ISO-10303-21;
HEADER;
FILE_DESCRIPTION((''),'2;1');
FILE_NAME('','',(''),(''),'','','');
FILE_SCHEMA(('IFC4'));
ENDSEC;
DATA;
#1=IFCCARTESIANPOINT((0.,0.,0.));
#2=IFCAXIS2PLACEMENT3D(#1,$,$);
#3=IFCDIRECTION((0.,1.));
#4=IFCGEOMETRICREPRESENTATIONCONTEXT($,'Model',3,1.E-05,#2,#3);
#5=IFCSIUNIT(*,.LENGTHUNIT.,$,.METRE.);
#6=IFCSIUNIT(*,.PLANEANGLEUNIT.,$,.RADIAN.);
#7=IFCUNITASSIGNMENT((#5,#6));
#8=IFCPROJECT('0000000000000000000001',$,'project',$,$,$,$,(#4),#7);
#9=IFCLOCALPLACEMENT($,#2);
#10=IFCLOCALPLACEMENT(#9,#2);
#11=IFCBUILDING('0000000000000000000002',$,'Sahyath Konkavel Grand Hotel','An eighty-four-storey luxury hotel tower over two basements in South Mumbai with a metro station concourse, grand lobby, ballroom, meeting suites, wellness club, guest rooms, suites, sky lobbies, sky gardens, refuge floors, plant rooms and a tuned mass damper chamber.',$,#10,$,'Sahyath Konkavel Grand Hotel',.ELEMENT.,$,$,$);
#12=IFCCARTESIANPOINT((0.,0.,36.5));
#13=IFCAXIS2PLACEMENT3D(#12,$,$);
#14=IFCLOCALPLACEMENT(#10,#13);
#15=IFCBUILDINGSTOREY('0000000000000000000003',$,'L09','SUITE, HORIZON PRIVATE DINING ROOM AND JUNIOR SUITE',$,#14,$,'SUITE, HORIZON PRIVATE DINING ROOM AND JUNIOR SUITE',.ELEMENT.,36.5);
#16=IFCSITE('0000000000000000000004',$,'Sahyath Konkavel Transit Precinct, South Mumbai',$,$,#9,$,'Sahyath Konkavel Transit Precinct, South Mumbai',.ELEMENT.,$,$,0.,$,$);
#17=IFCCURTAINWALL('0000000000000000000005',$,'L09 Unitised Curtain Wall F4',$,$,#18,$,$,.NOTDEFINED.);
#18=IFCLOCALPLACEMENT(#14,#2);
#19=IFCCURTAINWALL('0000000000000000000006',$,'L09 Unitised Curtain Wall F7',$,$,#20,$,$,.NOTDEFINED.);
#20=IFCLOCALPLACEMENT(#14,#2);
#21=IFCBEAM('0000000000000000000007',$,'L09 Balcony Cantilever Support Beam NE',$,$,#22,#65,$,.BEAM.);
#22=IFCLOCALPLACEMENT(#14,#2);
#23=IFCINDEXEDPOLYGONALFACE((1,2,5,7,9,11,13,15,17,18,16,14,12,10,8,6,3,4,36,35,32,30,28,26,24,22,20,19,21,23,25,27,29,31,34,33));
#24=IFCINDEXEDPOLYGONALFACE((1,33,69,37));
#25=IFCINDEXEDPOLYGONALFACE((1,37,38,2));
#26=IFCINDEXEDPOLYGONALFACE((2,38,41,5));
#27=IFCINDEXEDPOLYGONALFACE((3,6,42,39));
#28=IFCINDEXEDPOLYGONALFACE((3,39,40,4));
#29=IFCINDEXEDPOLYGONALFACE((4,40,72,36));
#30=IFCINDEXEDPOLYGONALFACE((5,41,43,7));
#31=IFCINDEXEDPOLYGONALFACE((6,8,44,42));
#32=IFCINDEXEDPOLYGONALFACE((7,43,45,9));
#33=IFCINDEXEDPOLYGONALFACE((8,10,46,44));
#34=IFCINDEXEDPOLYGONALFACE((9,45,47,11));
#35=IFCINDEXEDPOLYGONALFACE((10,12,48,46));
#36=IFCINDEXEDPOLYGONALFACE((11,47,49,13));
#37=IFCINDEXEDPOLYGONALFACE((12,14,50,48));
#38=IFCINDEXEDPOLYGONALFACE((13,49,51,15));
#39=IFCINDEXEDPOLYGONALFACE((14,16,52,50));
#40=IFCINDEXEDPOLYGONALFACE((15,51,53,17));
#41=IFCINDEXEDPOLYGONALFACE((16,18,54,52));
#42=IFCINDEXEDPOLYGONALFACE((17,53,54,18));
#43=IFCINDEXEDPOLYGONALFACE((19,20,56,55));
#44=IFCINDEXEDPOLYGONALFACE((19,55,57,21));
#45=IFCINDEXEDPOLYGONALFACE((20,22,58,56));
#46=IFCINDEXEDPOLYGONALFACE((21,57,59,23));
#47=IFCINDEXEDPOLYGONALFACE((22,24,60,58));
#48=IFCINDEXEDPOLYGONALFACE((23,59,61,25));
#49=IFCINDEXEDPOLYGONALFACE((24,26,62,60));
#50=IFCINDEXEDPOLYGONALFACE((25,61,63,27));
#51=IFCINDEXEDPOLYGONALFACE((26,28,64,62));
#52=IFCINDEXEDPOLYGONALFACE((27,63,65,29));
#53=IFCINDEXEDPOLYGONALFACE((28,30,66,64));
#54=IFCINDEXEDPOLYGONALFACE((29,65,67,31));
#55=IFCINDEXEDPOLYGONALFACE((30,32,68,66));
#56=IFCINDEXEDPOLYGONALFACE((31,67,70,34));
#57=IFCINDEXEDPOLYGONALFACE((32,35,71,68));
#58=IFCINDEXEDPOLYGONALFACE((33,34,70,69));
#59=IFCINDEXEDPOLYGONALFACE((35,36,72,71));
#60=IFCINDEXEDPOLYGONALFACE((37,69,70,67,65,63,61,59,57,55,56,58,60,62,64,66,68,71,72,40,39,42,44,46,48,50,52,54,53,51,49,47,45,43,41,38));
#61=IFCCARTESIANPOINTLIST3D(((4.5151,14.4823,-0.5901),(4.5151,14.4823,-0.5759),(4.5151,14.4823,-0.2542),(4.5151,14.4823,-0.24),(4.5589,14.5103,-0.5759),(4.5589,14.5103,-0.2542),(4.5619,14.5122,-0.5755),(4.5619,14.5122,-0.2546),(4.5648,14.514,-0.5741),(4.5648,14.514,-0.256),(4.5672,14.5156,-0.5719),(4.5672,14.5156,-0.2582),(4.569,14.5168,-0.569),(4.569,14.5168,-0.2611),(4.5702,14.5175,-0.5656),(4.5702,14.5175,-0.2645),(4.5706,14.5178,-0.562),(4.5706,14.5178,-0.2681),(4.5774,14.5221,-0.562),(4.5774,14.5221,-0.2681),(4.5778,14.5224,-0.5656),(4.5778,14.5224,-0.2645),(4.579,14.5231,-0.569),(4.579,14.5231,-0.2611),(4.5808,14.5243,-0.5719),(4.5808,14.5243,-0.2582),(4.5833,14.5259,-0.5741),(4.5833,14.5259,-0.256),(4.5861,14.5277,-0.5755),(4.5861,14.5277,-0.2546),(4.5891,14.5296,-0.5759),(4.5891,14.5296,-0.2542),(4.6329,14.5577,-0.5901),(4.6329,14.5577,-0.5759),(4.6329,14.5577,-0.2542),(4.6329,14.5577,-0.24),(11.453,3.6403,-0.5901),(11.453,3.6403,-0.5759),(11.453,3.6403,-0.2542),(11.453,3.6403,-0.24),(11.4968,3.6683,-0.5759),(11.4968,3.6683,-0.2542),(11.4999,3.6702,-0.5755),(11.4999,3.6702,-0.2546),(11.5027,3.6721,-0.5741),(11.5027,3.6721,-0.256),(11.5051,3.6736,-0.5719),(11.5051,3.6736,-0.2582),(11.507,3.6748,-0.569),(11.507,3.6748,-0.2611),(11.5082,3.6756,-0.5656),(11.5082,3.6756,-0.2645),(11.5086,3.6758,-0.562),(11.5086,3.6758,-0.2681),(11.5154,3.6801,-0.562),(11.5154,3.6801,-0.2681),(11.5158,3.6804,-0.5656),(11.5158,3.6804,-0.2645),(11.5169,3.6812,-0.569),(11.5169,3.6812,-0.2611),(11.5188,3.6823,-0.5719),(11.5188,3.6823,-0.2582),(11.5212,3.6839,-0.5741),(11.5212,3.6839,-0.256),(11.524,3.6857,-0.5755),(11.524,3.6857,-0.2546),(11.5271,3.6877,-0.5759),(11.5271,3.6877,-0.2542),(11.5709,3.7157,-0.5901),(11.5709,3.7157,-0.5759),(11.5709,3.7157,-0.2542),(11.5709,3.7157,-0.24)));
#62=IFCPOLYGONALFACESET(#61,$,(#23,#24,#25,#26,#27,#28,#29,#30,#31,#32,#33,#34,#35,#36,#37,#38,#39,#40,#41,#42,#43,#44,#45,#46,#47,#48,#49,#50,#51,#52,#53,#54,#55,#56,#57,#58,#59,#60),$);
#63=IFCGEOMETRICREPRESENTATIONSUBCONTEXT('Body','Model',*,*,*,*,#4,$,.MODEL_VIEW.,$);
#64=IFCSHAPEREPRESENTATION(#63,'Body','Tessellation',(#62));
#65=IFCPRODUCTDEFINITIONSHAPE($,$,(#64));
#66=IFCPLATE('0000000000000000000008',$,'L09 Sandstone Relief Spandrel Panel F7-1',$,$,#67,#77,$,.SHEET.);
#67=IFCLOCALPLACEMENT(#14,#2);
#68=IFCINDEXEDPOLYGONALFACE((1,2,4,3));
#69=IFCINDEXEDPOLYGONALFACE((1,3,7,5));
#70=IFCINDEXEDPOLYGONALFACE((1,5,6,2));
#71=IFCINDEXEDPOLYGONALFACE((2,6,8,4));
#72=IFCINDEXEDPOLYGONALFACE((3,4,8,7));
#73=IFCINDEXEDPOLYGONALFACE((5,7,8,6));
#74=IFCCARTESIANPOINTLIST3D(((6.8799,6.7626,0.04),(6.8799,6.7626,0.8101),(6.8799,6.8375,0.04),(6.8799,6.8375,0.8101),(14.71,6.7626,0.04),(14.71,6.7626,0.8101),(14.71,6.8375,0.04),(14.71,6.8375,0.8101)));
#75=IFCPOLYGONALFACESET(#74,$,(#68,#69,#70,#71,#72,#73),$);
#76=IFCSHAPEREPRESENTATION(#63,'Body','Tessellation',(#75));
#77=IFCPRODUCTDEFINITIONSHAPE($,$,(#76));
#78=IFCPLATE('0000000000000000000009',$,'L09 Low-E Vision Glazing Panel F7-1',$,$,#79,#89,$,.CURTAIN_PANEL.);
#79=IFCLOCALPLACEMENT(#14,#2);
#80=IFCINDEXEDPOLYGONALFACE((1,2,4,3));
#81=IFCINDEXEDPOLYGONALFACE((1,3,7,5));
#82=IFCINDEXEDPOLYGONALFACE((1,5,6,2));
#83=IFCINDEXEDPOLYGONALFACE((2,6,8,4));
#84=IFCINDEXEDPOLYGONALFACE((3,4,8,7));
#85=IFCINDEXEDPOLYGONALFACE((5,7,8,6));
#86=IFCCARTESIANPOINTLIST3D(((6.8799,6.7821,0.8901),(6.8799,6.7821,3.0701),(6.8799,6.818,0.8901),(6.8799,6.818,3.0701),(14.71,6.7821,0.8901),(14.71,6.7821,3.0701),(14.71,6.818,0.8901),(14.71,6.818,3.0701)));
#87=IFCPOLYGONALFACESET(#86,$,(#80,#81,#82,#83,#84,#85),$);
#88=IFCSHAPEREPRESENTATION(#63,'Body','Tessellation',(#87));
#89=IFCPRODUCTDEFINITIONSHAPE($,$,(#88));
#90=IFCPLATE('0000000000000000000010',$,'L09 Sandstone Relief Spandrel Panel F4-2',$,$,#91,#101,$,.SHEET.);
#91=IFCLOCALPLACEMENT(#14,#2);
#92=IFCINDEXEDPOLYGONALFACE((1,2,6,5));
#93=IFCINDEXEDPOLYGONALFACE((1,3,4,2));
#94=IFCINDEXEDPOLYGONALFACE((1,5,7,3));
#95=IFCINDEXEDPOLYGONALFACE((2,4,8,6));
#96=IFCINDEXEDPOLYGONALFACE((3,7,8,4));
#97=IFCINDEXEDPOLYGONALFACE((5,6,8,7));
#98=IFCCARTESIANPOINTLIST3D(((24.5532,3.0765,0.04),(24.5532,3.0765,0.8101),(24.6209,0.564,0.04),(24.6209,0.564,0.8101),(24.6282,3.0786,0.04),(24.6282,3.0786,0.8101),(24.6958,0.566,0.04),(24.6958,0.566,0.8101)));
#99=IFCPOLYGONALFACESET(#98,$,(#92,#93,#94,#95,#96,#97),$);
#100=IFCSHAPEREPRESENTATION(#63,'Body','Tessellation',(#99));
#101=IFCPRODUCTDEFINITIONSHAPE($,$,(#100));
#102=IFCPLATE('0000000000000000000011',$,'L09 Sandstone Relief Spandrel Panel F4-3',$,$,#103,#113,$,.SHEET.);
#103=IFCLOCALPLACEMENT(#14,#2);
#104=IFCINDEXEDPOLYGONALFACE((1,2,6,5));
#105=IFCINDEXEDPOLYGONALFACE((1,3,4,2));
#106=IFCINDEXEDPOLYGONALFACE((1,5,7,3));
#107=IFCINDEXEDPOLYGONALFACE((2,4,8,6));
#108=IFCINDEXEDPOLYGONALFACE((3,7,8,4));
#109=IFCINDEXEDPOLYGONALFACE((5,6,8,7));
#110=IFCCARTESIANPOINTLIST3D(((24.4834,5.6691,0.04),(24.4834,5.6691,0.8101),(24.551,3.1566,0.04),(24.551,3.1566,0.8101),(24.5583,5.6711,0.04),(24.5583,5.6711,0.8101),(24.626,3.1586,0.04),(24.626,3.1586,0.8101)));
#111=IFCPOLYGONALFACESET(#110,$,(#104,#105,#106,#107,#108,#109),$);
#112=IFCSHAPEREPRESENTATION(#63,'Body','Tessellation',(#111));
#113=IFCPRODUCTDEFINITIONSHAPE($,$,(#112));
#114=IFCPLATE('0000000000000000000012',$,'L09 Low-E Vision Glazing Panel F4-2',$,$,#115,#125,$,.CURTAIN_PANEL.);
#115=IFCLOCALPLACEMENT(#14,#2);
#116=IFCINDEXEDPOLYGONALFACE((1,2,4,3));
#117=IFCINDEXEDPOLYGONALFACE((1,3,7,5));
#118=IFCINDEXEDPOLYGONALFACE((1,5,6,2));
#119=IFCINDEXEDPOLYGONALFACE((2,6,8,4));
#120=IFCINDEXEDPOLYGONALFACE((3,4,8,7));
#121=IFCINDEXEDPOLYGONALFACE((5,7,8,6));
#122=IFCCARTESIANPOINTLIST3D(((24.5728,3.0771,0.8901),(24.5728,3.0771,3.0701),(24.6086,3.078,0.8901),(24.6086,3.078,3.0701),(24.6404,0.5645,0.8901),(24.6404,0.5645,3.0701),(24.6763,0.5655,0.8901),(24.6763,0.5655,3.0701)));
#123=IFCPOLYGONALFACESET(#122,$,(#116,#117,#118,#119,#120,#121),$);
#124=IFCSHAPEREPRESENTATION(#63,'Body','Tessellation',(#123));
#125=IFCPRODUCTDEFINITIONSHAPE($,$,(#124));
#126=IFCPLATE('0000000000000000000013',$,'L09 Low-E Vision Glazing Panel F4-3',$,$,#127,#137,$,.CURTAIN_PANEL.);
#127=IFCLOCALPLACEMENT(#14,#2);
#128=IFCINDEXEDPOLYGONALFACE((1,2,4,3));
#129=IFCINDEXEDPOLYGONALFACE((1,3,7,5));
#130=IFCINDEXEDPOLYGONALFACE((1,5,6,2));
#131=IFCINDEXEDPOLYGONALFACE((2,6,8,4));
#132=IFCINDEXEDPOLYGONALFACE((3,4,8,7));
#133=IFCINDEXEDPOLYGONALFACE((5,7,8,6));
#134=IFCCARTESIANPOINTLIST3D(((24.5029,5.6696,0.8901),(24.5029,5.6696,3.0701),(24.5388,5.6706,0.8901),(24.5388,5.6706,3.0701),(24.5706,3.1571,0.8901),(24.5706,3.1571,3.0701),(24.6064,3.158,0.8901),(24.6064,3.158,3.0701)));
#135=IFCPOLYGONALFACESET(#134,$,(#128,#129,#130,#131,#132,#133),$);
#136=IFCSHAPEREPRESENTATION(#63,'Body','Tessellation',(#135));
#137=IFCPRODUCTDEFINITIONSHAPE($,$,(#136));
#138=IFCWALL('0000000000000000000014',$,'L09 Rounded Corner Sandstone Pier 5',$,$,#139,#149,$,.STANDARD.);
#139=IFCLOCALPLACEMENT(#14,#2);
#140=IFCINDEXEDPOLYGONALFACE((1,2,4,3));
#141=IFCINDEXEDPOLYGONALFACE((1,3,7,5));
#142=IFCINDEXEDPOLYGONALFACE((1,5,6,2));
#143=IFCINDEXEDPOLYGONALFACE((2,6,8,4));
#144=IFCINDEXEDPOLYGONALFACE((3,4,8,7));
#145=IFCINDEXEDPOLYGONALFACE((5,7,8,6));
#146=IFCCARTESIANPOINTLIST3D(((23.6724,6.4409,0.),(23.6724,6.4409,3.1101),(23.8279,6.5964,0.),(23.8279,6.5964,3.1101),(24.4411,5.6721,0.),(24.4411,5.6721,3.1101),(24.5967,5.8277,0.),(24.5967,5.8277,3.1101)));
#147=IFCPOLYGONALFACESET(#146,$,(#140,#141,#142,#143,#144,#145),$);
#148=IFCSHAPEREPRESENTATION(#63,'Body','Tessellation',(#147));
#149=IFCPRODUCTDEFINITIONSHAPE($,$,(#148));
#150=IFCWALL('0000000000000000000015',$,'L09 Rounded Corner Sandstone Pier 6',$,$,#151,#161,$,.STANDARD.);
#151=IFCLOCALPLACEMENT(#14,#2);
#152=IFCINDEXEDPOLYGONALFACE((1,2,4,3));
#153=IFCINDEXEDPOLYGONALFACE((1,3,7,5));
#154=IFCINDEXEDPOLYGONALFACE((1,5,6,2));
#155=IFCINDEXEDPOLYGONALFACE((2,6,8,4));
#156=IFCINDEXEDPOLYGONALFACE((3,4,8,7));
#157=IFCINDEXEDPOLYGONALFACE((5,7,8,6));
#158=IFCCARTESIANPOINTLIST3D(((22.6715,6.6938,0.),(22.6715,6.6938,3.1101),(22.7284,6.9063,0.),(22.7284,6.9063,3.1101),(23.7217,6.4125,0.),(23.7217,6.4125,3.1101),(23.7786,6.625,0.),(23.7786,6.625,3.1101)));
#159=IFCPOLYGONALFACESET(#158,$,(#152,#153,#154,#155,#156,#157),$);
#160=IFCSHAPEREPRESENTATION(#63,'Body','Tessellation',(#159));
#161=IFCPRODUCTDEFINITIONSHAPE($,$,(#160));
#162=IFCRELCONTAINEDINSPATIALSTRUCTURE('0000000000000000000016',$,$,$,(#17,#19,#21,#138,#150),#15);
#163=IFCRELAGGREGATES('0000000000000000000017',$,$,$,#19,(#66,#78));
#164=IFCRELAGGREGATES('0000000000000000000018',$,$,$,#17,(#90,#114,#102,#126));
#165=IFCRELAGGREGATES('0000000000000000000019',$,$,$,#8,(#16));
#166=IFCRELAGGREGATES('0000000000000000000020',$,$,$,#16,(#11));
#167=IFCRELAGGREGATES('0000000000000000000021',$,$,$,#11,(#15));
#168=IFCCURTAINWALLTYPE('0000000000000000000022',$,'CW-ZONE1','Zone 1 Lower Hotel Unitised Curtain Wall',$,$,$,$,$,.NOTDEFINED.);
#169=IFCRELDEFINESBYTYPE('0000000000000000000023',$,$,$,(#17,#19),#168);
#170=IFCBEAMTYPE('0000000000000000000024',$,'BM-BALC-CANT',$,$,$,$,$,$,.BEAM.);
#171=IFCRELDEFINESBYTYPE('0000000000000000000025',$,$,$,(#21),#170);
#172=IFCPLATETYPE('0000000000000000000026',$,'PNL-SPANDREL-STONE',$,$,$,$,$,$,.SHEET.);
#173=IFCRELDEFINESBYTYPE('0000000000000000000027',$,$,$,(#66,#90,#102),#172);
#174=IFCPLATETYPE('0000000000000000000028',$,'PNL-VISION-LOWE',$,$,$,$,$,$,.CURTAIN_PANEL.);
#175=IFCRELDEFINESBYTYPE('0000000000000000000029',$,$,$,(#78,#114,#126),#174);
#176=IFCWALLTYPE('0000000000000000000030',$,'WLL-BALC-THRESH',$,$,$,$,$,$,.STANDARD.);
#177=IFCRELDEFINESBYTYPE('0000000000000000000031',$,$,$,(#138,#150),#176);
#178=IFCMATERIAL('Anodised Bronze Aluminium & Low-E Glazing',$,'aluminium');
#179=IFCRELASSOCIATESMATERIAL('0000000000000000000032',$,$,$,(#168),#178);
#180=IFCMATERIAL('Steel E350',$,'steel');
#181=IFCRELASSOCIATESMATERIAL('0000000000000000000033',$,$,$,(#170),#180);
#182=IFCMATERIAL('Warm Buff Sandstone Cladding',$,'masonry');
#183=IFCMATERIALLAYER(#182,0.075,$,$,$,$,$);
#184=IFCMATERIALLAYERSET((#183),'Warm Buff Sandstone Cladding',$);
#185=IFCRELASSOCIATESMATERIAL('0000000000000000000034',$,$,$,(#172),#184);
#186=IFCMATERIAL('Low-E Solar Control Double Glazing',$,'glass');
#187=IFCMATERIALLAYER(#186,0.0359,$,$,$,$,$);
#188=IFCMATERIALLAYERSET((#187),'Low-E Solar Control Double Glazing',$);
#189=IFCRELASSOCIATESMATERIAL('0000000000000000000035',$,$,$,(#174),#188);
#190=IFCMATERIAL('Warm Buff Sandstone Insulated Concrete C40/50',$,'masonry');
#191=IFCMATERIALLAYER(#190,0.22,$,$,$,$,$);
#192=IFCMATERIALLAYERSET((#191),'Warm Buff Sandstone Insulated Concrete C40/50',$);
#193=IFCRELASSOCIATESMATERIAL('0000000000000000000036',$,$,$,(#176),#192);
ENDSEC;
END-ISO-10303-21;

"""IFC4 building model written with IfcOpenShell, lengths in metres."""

from ifc_helpers import new_model, si_unit, direction, frame, frame_2d, origin, origin_2d, place, context, subcontext, project, spatial, rectangle, i_section, extrude, source, transform, mapped, material, layer, layer_set, material_profile, profile_set, type_object, element, aggregate, save


model = new_model("IFC4")

# Units and contexts
model_context = context("Model", 3, precision=1e-05, world=origin(), true_north=direction((0.0, 1.0)))
body_context = subcontext(model_context, "Body", "Model", "MODEL_VIEW")
ifc_project = project(units=[si_unit("LENGTHUNIT", "METRE"), si_unit("PLANEANGLEUNIT", "RADIAN")], contexts=[model_context])

# Site, building, storey
site_placement = place(None, origin())
site = spatial("IfcSite", under=ifc_project, at=site_placement, Name="Sahyath Konkavel Transit Precinct, South Mumbai", LongName="Sahyath Konkavel Transit Precinct, South Mumbai", CompositionType="ELEMENT", RefElevation=0.0)
building_placement = place(site_placement, origin())
building = spatial("IfcBuilding", under=site, at=building_placement, Name="Sahyath Konkavel Grand Hotel", Description="An eighty-four-storey luxury hotel tower over two basements in South Mumbai with a metro station concourse, grand lobby, ballroom, meeting suites, wellness club, guest rooms, suites, sky lobbies, sky gardens, refuge floors, plant rooms and a tuned mass damper chamber.", LongName="Sahyath Konkavel Grand Hotel", CompositionType="ELEMENT")
storey_placement = place(building_placement, frame((0.0, 0.0, 36.5)))
storey = spatial("IfcBuildingStorey", under=building, at=storey_placement, Name="L09", Description="SUITE, HORIZON PRIVATE DINING ROOM AND JUNIOR SUITE", LongName="SUITE, HORIZON PRIVATE DINING ROOM AND JUNIOR SUITE", CompositionType="ELEMENT", Elevation=36.5)

# Shared definitions
ifc_material_1 = material(Name="Steel E350", Category="steel")

# Curtain wall
ifc_material_2 = material(Name="Anodised Bronze Aluminium & Low-E Glazing", Category="aluminium")
curtain_wall_type = type_object("IfcCurtainWallType", Name="CW-ZONE1", Description="Zone 1 Lower Hotel Unitised Curtain Wall", PredefinedType="NOTDEFINED", material=ifc_material_2)
curtain_wall_1_placement = place(storey_placement, origin())
curtain_wall_1 = element("IfcCurtainWall", 1, at=curtain_wall_1_placement, inside=storey, type_object=curtain_wall_type, Name="L09 Unitised Curtain Wall F4", PredefinedType="NOTDEFINED")

# Curtain wall
curtain_wall_2_placement = place(storey_placement, origin())
curtain_wall_2 = element("IfcCurtainWall", 2, at=curtain_wall_2_placement, inside=storey, type_object=curtain_wall_type, Name="L09 Unitised Curtain Wall F7", PredefinedType="NOTDEFINED")

# Beam
ifc_material_profile_1 = material_profile(ifc_material_1, i_section(OverallWidth=0.1399, OverallDepth=0.3501, WebThickness=0.0081, FlangeThickness=0.0142, FilletRadius=0.0139, at=origin_2d()), Name="ISMB 350")
ifc_profile_set_1 = profile_set([ifc_material_profile_1], Name="Steel E350")
beam_type_1 = type_object("IfcBeamType", Name="BM-BALC-CANT", PredefinedType="BEAM", material=ifc_profile_set_1)
shared_shape_1 = source(origin(), body_context, "Body", "SweptSolid", [
    extrude(i_section(OverallWidth=0.1399, OverallDepth=0.3501, WebThickness=0.0081, FlangeThickness=0.0142, FilletRadius=0.0139, at=origin_2d()), origin(), (0.0, 0.0, 1.0), 12.8718),
])
beam_1_placement = place(storey_placement, frame((11.512, 3.678, -0.415), z_axis=(-0.539003, 0.842304, 0.0), x_axis=(-0.842304, -0.539003, 0.0)))
element("IfcBeam", 3, at=beam_1_placement, inside=storey, type_object=beam_type_1, Name="L09 Balcony Cantilever Support Beam NE", PredefinedType="BEAM", context=body_context, shape_type="MappedRepresentation", body=[
    mapped(shared_shape_1, transform((0.0, 0.0, 0.0), scale=1.0)),
])

# Plates
ifc_material_3 = material(Name="Warm Buff Sandstone Cladding", Category="masonry")
ifc_layer_1 = layer(ifc_material_3, 0.075)
ifc_layer_set_1 = layer_set([ifc_layer_1], Name="Warm Buff Sandstone Cladding")
plate_type_1 = type_object("IfcPlateType", Name="PNL-SPANDREL-STONE", PredefinedType="SHEET", material=ifc_layer_set_1)
shared_shape_2 = source(origin(), body_context, "Body", "SweptSolid", [
    extrude(rectangle(XDim=7.8301, YDim=0.075, at=origin_2d()), origin(), (0.0, 0.0, 1.0), 0.77),
])
plate_1_placement = place(storey_placement, frame((10.7949, 6.8, 0.04), z_axis=(0.0, 0.0, 1.0), x_axis=(-1.0, 0.0, 0.0)))
plate_1 = element("IfcPlate", 4, at=plate_1_placement, type_object=plate_type_1, Name="L09 Sandstone Relief Spandrel Panel F7-1", PredefinedType="SHEET", context=body_context, shape_type="MappedRepresentation", body=[
    mapped(shared_shape_2, transform((0.0, 0.0, 0.0), scale=1.0)),
])
ifc_material_4 = material(Name="Low-E Solar Control Double Glazing", Category="glass")
ifc_layer_2 = layer(ifc_material_4, 0.0359)
ifc_layer_set_2 = layer_set([ifc_layer_2], Name="Low-E Solar Control Double Glazing")
plate_type_2 = type_object("IfcPlateType", Name="PNL-VISION-LOWE", PredefinedType="CURTAIN_PANEL", material=ifc_layer_set_2)
shared_shape_3 = source(origin(), body_context, "Body", "SweptSolid", [
    extrude(rectangle(XDim=7.8301, YDim=0.0359, at=origin_2d()), origin(), (0.0, 0.0, 1.0), 2.1799),
])
plate_2_placement = place(storey_placement, frame((10.7949, 6.8, 0.8901), z_axis=(0.0, 0.0, 1.0), x_axis=(-1.0, 0.0, 0.0)))
plate_2 = element("IfcPlate", 5, at=plate_2_placement, type_object=plate_type_2, Name="L09 Low-E Vision Glazing Panel F7-1", PredefinedType="CURTAIN_PANEL", context=body_context, shape_type="MappedRepresentation", body=[
    mapped(shared_shape_3, transform((0.0, 0.0, 0.0), scale=1.0)),
])
aggregate(curtain_wall_2, [plate_1, plate_2])
shared_shape_4 = source(origin(), body_context, "Body", "SweptSolid", [
    extrude(rectangle(XDim=2.5134, YDim=0.075, at=origin_2d()), origin(), (0.0, 0.0, 1.0), 0.77),
])
plate_3_placement = place(storey_placement, frame((24.6245, 1.8213, 0.04), z_axis=(0.0, 0.0, 1.0), x_axis=(-0.02691, 0.999638, 0.0)))
plate_3 = element("IfcPlate", 6, at=plate_3_placement, type_object=plate_type_1, Name="L09 Sandstone Relief Spandrel Panel F4-2", PredefinedType="SHEET", context=body_context, shape_type="MappedRepresentation", body=[
    mapped(shared_shape_4, transform((0.0, 0.0, 0.0), scale=1.0)),
])
plate_4_placement = place(storey_placement, frame((24.5547, 4.4138, 0.04), z_axis=(0.0, 0.0, 1.0), x_axis=(-0.02691, 0.999638, 0.0)))
plate_4 = element("IfcPlate", 7, at=plate_4_placement, type_object=plate_type_1, Name="L09 Sandstone Relief Spandrel Panel F4-3", PredefinedType="SHEET", context=body_context, shape_type="MappedRepresentation", body=[
    mapped(shared_shape_4, transform((0.0, 0.0, 0.0), scale=1.0)),
])
shared_shape_5 = source(origin(), body_context, "Body", "SweptSolid", [
    extrude(rectangle(XDim=2.5134, YDim=0.0359, at=origin_2d()), origin(), (0.0, 0.0, 1.0), 2.1799),
])
plate_5_placement = place(storey_placement, frame((24.6245, 1.8213, 0.8901), z_axis=(0.0, 0.0, 1.0), x_axis=(-0.02691, 0.999638, 0.0)))
plate_5 = element("IfcPlate", 8, at=plate_5_placement, type_object=plate_type_2, Name="L09 Low-E Vision Glazing Panel F4-2", PredefinedType="CURTAIN_PANEL", context=body_context, shape_type="MappedRepresentation", body=[
    mapped(shared_shape_5, transform((0.0, 0.0, 0.0), scale=1.0)),
])
plate_6_placement = place(storey_placement, frame((24.5547, 4.4138, 0.8901), z_axis=(0.0, 0.0, 1.0), x_axis=(-0.02691, 0.999638, 0.0)))
plate_6 = element("IfcPlate", 9, at=plate_6_placement, type_object=plate_type_2, Name="L09 Low-E Vision Glazing Panel F4-3", PredefinedType="CURTAIN_PANEL", context=body_context, shape_type="MappedRepresentation", body=[
    mapped(shared_shape_5, transform((0.0, 0.0, 0.0), scale=1.0)),
])
aggregate(curtain_wall_1, [plate_3, plate_5, plate_4, plate_6])

# Walls
ifc_material_5 = material(Name="Warm Buff Sandstone Insulated Concrete C40/50", Category="masonry")
ifc_layer_3 = layer(ifc_material_5, 0.22)
ifc_layer_set_3 = layer_set([ifc_layer_3], Name="Warm Buff Sandstone Insulated Concrete C40/50")
wall_type_1 = type_object("IfcWallType", Name="WLL-BALC-THRESH", PredefinedType="STANDARD", material=ifc_layer_set_3)
for number, where, z_axis, x_axis, name in (
    (10, (24.5188, 5.75, 0.0), (0.0, 0.0, 1.0), (-0.707107, 0.707107, 0.0), "L09 Rounded Corner Sandstone Pier 5"),
    (11, (23.75, 6.5188, 0.0), (0.0, 0.0, 1.0), (-0.965951, 0.258725, 0.0), "L09 Rounded Corner Sandstone Pier 6"),
):
    element("IfcWall", number, at=place(storey_placement, frame(where, z_axis=z_axis, x_axis=x_axis)), inside=storey, type_object=wall_type_1, Name=name, PredefinedType="STANDARD", context=body_context, shape_type="SweptSolid", body=[
        extrude(rectangle(XDim=1.0872, YDim=0.22, at=frame_2d((0.5435, 0.0))), origin(), (0.0, 0.0, 1.0), 3.1101),
    ])

save(model, "model.ifc")
